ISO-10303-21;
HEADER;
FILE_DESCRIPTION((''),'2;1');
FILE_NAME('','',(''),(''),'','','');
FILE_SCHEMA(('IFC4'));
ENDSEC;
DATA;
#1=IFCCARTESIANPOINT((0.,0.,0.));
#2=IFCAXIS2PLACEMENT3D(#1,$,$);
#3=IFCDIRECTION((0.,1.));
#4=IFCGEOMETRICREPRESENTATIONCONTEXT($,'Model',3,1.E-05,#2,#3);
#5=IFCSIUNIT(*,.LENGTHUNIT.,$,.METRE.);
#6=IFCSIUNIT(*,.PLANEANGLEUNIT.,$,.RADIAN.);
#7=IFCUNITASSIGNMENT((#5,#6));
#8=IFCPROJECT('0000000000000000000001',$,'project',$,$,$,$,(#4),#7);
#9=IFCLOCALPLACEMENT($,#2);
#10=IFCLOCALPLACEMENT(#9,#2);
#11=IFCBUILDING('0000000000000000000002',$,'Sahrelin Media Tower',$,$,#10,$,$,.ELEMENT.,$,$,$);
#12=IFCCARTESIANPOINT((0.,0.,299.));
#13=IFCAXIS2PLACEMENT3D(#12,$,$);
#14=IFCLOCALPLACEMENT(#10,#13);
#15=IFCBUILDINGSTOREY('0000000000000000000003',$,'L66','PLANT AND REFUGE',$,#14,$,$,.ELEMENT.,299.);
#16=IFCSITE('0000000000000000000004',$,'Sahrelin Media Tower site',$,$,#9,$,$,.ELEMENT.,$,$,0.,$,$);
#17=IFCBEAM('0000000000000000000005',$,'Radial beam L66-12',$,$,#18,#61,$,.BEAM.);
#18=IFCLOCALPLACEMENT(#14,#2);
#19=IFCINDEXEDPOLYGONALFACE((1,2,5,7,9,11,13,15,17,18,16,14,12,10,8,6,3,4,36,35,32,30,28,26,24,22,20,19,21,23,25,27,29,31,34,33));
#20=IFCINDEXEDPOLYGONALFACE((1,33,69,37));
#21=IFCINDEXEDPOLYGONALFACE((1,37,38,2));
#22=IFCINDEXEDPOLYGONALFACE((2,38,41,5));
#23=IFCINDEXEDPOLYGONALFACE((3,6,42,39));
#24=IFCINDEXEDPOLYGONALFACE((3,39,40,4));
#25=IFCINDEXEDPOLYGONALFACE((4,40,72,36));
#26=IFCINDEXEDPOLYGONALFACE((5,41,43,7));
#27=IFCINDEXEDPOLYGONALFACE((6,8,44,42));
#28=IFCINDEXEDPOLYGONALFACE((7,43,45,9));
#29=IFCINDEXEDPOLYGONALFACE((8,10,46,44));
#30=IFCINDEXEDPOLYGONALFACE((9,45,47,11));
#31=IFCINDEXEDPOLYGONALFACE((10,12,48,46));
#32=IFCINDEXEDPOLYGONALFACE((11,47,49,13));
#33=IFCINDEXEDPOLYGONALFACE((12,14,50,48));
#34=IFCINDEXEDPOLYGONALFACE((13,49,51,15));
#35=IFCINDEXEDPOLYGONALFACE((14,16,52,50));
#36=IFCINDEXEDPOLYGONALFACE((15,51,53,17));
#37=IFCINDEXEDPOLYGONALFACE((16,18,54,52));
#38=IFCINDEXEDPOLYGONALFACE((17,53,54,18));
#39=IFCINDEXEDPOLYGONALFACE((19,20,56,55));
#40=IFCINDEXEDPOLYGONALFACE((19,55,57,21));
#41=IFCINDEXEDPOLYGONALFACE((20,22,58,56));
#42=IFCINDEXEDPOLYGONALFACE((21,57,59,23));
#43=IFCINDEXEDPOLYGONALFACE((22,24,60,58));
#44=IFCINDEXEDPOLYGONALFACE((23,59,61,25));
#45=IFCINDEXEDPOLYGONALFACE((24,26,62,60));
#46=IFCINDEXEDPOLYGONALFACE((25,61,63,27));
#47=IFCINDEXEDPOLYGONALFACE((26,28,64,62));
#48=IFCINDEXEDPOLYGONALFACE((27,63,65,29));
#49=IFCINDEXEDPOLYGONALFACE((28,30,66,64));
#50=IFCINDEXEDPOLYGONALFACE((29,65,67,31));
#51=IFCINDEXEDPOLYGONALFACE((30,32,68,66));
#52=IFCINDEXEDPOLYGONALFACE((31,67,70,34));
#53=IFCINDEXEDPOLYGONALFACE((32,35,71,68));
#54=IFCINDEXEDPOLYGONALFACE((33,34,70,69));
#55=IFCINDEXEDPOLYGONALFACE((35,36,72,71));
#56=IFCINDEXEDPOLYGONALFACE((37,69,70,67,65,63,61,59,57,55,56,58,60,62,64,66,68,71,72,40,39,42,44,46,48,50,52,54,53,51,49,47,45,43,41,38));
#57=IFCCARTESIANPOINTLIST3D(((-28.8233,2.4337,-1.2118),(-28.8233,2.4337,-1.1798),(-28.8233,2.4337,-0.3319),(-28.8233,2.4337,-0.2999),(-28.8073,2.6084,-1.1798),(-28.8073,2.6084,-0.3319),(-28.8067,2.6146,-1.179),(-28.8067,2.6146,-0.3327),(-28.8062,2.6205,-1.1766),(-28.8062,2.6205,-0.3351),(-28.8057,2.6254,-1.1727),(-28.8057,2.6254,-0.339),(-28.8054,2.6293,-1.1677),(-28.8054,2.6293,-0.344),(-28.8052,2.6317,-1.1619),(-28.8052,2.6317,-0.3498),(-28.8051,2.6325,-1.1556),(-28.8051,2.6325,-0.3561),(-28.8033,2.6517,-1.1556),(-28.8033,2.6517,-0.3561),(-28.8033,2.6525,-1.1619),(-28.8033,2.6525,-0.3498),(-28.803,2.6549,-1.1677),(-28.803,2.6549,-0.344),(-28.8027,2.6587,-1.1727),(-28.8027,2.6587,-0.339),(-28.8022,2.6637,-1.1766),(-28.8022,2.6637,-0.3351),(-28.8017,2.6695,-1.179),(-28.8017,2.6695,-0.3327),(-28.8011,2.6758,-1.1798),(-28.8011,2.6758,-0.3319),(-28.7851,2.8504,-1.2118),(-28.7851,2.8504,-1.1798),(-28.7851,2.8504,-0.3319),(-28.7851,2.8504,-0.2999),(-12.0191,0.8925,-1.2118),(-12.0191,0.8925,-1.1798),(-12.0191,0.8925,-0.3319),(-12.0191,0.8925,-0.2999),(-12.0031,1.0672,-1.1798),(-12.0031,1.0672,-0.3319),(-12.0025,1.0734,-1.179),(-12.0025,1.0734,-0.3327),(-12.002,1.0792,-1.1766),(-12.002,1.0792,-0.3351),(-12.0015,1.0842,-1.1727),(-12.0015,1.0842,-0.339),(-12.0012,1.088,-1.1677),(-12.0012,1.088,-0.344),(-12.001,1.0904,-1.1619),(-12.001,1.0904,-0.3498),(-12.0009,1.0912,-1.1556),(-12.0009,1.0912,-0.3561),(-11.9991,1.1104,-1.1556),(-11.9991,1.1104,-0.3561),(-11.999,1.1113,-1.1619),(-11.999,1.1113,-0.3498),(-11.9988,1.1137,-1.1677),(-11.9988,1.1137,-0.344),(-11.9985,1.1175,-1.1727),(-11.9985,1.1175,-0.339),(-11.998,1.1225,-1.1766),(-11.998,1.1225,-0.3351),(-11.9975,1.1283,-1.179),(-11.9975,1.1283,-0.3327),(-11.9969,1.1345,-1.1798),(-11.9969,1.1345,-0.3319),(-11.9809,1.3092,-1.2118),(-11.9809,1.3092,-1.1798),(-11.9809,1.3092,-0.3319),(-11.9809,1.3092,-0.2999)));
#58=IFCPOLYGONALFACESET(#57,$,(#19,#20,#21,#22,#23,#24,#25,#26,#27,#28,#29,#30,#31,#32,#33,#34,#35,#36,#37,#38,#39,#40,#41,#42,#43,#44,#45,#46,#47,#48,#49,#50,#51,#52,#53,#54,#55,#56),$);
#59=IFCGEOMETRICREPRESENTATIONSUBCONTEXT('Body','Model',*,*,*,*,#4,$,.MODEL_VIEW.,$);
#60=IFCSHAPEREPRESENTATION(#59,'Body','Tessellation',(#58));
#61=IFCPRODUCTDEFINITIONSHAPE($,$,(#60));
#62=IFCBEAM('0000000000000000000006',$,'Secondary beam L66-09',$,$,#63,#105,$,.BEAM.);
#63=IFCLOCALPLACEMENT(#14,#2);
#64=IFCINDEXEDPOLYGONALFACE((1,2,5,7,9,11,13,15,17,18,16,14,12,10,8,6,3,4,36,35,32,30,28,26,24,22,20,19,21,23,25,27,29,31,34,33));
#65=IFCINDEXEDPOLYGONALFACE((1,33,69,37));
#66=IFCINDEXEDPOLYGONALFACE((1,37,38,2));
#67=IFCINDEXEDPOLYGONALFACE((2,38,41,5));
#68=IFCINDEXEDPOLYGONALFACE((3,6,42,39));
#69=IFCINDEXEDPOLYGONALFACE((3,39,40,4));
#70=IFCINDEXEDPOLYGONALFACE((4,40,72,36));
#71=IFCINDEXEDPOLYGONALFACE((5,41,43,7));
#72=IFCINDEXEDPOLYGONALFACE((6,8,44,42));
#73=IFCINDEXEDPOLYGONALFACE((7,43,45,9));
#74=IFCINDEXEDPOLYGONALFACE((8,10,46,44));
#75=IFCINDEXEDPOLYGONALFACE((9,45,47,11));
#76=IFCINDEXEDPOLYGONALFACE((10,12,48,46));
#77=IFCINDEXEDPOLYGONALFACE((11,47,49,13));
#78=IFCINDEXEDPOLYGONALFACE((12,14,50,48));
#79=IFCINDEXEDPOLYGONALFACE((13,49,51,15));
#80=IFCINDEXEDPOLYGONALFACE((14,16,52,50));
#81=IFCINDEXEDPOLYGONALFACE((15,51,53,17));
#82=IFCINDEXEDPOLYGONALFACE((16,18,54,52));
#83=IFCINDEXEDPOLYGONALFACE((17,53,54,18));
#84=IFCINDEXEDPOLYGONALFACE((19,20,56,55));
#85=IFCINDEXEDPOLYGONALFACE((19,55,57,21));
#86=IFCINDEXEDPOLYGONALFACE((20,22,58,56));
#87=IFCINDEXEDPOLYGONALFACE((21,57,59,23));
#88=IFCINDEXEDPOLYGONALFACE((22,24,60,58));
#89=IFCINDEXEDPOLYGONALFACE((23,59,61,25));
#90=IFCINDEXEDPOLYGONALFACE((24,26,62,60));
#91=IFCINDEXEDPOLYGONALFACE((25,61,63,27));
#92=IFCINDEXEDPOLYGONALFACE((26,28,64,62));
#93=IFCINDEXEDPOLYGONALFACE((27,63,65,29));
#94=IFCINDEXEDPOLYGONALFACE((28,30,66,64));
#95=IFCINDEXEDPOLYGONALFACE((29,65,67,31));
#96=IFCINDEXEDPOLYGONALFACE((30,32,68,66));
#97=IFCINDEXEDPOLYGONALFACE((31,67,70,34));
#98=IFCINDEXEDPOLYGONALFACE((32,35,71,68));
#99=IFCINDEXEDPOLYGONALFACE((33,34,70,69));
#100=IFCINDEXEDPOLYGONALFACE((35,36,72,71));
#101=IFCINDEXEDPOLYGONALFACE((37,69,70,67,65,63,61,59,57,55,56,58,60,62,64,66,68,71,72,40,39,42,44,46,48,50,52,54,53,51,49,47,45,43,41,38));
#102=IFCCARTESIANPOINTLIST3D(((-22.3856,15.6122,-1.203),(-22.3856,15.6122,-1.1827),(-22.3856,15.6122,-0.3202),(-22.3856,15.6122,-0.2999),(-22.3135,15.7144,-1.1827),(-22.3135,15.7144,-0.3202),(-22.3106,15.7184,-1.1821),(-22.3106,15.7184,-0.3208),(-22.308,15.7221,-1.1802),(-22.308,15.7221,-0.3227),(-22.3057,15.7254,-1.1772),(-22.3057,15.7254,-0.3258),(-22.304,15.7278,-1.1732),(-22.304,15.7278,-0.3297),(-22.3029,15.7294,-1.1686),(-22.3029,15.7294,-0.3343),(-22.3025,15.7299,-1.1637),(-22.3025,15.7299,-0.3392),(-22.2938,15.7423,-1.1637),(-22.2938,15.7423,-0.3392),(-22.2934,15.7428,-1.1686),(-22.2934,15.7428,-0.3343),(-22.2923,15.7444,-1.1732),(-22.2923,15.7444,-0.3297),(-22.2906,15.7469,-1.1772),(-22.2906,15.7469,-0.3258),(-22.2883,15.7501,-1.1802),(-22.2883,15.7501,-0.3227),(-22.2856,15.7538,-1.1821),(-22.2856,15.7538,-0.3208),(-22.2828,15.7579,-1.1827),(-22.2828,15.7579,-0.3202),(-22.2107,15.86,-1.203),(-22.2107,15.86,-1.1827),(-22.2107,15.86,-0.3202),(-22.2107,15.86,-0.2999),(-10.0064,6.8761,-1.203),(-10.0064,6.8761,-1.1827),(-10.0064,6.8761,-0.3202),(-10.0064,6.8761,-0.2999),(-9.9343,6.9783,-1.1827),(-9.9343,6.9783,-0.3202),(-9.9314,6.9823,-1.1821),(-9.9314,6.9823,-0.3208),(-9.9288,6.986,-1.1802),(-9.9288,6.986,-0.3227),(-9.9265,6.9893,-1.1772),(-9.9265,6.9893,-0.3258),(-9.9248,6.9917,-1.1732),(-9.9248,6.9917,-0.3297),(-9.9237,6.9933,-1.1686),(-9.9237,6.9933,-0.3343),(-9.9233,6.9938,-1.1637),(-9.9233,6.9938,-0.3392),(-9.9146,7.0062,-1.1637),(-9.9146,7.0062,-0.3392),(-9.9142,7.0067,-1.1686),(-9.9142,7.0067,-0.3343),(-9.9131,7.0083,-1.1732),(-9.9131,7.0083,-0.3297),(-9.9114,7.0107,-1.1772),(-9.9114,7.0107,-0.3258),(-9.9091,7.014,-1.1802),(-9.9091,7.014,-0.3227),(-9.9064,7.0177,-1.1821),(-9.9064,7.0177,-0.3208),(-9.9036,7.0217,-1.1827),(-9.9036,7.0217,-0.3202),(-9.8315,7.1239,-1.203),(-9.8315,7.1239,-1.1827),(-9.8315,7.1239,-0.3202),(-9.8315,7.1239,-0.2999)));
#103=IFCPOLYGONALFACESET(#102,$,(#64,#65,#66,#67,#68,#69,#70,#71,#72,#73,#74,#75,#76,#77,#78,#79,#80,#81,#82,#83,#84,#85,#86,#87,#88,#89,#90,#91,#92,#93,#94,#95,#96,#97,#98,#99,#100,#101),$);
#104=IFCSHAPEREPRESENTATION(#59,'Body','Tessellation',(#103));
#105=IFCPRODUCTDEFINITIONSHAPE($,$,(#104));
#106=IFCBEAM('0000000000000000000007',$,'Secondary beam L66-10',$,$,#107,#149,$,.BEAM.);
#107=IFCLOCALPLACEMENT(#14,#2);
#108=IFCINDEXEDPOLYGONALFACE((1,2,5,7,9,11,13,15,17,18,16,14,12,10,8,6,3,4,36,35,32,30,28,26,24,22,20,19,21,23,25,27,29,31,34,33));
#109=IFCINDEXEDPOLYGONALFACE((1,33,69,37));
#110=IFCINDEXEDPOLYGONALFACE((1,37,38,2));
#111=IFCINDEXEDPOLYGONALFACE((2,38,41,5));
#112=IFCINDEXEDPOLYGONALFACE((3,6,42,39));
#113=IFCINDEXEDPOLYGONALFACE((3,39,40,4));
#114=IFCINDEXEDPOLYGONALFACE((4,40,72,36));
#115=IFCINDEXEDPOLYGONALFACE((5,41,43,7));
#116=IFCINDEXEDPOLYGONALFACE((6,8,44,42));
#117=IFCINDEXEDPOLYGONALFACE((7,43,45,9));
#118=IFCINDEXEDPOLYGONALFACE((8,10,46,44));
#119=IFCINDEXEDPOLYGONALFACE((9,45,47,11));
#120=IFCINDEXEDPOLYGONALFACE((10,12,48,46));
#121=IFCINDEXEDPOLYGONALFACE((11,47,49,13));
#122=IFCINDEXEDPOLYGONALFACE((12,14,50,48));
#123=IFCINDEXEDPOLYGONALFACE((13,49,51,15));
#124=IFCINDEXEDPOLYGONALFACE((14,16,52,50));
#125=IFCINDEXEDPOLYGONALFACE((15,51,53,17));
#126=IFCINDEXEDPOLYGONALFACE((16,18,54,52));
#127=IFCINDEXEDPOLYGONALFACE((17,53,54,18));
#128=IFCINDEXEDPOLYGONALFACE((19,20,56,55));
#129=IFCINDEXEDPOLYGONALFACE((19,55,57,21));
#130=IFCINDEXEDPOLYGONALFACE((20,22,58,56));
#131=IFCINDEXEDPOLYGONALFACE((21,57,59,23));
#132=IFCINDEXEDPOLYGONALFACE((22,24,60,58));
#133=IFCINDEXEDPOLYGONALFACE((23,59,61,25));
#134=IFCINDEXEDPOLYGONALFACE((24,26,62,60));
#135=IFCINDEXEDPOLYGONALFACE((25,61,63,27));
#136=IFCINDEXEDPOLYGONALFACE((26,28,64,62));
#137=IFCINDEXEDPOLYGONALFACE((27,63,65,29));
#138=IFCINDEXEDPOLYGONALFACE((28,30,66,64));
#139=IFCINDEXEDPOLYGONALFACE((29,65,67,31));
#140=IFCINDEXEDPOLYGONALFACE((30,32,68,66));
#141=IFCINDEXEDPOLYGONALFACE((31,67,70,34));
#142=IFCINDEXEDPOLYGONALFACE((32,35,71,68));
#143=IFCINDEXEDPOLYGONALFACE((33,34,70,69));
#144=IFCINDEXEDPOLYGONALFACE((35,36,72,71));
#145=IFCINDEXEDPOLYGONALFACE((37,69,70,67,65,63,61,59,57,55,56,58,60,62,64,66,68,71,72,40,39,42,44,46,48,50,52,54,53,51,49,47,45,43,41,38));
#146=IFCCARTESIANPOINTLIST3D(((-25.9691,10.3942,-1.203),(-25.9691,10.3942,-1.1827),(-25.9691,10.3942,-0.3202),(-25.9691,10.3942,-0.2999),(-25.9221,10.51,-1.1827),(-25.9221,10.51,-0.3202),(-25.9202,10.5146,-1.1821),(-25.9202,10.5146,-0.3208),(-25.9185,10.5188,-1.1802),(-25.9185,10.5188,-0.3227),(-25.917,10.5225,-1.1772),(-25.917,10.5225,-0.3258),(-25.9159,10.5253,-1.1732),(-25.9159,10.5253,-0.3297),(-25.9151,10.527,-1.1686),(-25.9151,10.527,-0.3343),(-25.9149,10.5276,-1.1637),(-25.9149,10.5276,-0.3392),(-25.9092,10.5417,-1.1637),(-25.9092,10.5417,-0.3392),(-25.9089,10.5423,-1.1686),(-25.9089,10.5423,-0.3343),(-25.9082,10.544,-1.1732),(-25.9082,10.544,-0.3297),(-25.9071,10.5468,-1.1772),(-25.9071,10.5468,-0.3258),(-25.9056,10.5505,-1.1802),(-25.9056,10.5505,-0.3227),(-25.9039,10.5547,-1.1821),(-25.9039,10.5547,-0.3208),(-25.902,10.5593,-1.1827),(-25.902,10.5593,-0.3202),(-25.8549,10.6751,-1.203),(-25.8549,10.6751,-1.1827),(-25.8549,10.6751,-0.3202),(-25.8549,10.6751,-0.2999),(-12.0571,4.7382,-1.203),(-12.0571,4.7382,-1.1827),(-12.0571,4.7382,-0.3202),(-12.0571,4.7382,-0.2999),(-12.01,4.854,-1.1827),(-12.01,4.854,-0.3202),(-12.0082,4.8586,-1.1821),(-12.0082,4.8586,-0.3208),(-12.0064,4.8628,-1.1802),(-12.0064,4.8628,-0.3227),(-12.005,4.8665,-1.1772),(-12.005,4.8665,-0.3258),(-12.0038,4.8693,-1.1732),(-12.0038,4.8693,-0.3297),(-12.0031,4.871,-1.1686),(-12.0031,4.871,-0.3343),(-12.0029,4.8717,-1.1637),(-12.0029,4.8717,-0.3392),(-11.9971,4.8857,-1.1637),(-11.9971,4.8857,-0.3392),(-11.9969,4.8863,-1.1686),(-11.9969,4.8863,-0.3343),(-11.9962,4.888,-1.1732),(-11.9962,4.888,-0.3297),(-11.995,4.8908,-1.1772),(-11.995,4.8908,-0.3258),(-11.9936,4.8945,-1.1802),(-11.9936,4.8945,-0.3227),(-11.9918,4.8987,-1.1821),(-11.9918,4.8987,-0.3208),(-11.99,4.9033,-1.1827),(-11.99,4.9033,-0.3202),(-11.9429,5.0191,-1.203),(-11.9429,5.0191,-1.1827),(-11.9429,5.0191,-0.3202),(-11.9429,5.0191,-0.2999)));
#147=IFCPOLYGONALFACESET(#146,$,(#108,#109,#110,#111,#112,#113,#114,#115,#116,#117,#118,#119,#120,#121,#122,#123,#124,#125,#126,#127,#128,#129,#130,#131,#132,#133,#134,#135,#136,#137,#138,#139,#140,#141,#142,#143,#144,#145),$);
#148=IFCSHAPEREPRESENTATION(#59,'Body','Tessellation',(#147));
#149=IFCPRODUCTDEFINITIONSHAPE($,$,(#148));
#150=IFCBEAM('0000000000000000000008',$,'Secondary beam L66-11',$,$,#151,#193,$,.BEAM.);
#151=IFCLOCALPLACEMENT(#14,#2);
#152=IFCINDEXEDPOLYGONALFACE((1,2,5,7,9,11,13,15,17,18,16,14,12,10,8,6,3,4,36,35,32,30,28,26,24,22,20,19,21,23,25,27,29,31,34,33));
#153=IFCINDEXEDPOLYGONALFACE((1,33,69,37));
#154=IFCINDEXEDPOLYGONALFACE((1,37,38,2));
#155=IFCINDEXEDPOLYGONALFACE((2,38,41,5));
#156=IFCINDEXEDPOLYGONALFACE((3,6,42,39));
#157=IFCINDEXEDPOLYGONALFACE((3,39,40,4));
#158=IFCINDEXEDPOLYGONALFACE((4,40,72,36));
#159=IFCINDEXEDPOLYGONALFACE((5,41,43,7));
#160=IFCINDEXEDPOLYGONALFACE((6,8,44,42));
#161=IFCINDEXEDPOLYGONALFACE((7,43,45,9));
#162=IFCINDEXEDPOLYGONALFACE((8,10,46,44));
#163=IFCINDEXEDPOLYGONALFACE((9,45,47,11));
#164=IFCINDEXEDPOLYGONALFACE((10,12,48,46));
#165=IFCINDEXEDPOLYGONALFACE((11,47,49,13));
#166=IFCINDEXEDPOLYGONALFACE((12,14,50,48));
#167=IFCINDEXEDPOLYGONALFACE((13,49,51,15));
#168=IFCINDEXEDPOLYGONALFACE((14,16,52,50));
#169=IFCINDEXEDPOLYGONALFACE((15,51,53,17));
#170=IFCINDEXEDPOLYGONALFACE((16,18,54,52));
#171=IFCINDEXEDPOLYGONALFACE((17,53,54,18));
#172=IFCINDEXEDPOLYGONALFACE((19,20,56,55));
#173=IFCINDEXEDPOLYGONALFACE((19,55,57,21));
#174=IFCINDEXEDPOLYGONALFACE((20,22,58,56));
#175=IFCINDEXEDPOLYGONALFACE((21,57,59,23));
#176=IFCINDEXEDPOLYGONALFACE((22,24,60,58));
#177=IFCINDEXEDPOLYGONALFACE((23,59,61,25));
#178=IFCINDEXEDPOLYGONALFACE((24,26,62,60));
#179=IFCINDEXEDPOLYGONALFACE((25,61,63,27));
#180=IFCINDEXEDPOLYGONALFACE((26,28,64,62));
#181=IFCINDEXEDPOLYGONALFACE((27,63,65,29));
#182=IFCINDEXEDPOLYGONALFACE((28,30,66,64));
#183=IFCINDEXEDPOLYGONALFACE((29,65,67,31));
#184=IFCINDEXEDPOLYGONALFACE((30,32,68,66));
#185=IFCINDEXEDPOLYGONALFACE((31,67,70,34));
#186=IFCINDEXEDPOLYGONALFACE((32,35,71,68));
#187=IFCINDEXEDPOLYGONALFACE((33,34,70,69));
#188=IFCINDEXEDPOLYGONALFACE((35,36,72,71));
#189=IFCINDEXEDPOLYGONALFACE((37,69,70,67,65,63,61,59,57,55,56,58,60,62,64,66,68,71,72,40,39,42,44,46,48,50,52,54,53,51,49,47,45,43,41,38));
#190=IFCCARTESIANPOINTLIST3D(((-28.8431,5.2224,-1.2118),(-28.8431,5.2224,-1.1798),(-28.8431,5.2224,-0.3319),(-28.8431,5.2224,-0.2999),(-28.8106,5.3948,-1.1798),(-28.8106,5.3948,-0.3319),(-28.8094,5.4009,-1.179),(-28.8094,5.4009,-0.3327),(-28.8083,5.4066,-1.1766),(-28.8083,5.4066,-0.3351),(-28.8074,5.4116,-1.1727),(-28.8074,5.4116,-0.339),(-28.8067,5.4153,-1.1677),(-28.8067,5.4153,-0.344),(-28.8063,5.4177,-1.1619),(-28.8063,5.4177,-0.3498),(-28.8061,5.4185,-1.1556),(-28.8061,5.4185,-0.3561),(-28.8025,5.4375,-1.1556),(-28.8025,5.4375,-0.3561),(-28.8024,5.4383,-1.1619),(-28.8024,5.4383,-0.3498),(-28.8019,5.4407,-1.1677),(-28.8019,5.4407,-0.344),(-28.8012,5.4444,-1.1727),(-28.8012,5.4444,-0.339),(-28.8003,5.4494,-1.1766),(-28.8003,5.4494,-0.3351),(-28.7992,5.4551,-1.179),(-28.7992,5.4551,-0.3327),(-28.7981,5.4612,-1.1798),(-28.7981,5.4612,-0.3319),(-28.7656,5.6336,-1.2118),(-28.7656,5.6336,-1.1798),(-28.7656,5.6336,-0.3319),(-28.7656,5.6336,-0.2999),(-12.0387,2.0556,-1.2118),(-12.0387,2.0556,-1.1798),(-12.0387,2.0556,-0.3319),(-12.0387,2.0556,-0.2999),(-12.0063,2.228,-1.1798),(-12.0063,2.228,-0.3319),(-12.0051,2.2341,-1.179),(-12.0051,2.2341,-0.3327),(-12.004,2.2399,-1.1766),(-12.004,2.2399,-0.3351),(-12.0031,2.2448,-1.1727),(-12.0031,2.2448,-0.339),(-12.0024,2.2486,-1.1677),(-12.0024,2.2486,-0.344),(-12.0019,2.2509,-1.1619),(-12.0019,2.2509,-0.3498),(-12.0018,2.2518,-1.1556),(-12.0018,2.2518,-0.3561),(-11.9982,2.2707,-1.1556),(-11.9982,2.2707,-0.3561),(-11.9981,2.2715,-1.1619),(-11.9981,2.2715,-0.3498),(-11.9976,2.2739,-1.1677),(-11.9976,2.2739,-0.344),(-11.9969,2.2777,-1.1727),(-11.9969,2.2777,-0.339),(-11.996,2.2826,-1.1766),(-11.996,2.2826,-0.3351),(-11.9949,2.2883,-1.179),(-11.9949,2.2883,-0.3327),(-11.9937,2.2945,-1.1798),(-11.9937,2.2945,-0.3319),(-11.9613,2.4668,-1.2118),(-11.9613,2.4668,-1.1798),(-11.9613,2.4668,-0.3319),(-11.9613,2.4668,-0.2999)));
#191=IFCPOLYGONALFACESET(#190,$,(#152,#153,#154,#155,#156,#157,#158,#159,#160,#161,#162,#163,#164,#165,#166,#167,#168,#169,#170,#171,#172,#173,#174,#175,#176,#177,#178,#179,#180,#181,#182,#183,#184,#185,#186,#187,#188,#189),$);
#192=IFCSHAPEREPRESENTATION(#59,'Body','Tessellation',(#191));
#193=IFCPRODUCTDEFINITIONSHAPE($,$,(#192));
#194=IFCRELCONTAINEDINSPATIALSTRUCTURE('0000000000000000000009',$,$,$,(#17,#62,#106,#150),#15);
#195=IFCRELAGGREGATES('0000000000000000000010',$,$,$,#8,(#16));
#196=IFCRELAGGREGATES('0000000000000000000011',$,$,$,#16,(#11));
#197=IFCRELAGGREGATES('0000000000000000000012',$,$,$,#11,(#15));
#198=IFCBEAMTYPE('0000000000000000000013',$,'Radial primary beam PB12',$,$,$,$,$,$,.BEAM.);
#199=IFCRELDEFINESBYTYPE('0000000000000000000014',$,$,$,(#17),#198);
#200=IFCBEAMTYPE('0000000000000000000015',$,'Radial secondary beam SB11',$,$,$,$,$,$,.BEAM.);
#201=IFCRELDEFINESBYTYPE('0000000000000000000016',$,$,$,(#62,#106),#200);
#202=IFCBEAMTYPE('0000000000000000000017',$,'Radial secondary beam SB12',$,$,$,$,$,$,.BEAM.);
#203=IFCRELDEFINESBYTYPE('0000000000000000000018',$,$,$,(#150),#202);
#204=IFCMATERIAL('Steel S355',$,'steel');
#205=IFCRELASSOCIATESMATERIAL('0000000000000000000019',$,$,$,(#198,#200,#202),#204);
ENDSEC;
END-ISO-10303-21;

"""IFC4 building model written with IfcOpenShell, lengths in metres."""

from ifc_helpers import new_model, si_unit, direction, frame, origin, origin_2d, place, context, subcontext, project, spatial, i_section, extrude, material, material_profile, profile_set, type_object, element, save


model = new_model("IFC4")

# Units and contexts
model_context = context("Model", 3, precision=1e-05, world=origin(), true_north=direction((0.0, 1.0)))
body_context = subcontext(model_context, "Body", "Model", "MODEL_VIEW")
ifc_project = project(units=[si_unit("LENGTHUNIT", "METRE"), si_unit("PLANEANGLEUNIT", "RADIAN")], contexts=[model_context])

# Site, building, storey
site_placement = place(None, origin())
site = spatial("IfcSite", under=ifc_project, at=site_placement, Name="Sahrelin Media Tower site", CompositionType="ELEMENT", RefElevation=0.0)
building_placement = place(site_placement, origin())
building = spatial("IfcBuilding", under=site, at=building_placement, Name="Sahrelin Media Tower", CompositionType="ELEMENT")
storey_placement = place(building_placement, frame((0.0, 0.0, 299.0)))
storey = spatial("IfcBuildingStorey", under=building, at=storey_placement, Name="L66", Description="PLANT AND REFUGE", CompositionType="ELEMENT", Elevation=299.0)

# Beams
ifc_material_1 = material(Name="Steel S355", Category="steel")
ifc_material_profile_1 = material_profile(ifc_material_1, i_section(OverallWidth=0.4185, OverallDepth=0.9119, WebThickness=0.0193, FlangeThickness=0.032, FilletRadius=0.0242, at=origin_2d()), Name="UB 914x419x343")
ifc_profile_set_1 = profile_set([ifc_material_profile_1], Name="Steel S355")
beam_type_1 = type_object("IfcBeamType", Name="Radial primary beam PB12", PredefinedType="BEAM", material=ifc_profile_set_1)
beam_1_placement = place(storey_placement, frame((-12.0, 1.1008, -0.7559), z_axis=(-0.99582, 0.091335, 0.0), x_axis=(-0.091335, -0.99582, 0.0)))
element("IfcBeam", 1, at=beam_1_placement, inside=storey, type_object=beam_type_1, Name="Radial beam L66-12", PredefinedType="BEAM", context=body_context, shape_type="SweptSolid", body=[
    extrude(i_section(OverallWidth=0.4185, OverallDepth=0.9119, WebThickness=0.0193, FlangeThickness=0.032, FilletRadius=0.0242, at=origin_2d()), origin(), (0.0, 0.0, 1.0), 16.8748),
])
ifc_material_profile_2 = material_profile(ifc_material_1, i_section(OverallWidth=0.3032, OverallDepth=0.9031, WebThickness=0.0151, FlangeThickness=0.0203, FilletRadius=0.019, at=origin_2d()), Name="UB 914x305x201")
ifc_profile_set_2 = profile_set([ifc_material_profile_2], Name="Steel S355")
beam_type_2 = type_object("IfcBeamType", Name="Radial secondary beam SB11", PredefinedType="BEAM", material=ifc_profile_set_2)
beam_2_placement = place(storey_placement, frame((-9.9189, 7.0, -0.7515), z_axis=(-0.817034, 0.576589, 0.0), x_axis=(-0.576589, -0.817034, 0.0)))
element("IfcBeam", 2, at=beam_2_placement, inside=storey, type_object=beam_type_2, Name="Secondary beam L66-09", PredefinedType="BEAM", context=body_context, shape_type="SweptSolid", body=[
    extrude(i_section(OverallWidth=0.3032, OverallDepth=0.9031, WebThickness=0.0151, FlangeThickness=0.0203, FilletRadius=0.019, at=origin_2d()), origin(), (0.0, 0.0, 1.0), 15.1514),
])
beam_3_placement = place(storey_placement, frame((-12.0, 4.8787, -0.7515), z_axis=(-0.926369, 0.376618, 0.0), x_axis=(-0.376618, -0.926369, 0.0)))
element("IfcBeam", 3, at=beam_3_placement, inside=storey, type_object=beam_type_2, Name="Secondary beam L66-10", PredefinedType="BEAM", context=body_context, shape_type="SweptSolid", body=[
    extrude(i_section(OverallWidth=0.3032, OverallDepth=0.9031, WebThickness=0.0151, FlangeThickness=0.0203, FilletRadius=0.019, at=origin_2d()), origin(), (0.0, 0.0, 1.0), 15.0178),
])
ifc_material_profile_3 = material_profile(ifc_material_1, i_section(OverallWidth=0.4185, OverallDepth=0.9119, WebThickness=0.0193, FlangeThickness=0.032, FilletRadius=0.0242, at=origin_2d()), Name="UB 914x419x343")
ifc_profile_set_3 = profile_set([ifc_material_profile_3], Name="Steel S355")
beam_type_3 = type_object("IfcBeamType", Name="Radial secondary beam SB12", PredefinedType="BEAM", material=ifc_profile_set_3)
beam_4_placement = place(storey_placement, frame((-12.0, 2.2612, -0.7559), z_axis=(-0.982703, 0.18519, 0.0), x_axis=(-0.18519, -0.982703, 0.0)))
element("IfcBeam", 4, at=beam_4_placement, inside=storey, type_object=beam_type_3, Name="Secondary beam L66-11", PredefinedType="BEAM", context=body_context, shape_type="SweptSolid", body=[
    extrude(i_section(OverallWidth=0.4185, OverallDepth=0.9119, WebThickness=0.0193, FlangeThickness=0.032, FilletRadius=0.0242, at=origin_2d()), origin(), (0.0, 0.0, 1.0), 17.1001),
])

save(model, "model.ifc")
